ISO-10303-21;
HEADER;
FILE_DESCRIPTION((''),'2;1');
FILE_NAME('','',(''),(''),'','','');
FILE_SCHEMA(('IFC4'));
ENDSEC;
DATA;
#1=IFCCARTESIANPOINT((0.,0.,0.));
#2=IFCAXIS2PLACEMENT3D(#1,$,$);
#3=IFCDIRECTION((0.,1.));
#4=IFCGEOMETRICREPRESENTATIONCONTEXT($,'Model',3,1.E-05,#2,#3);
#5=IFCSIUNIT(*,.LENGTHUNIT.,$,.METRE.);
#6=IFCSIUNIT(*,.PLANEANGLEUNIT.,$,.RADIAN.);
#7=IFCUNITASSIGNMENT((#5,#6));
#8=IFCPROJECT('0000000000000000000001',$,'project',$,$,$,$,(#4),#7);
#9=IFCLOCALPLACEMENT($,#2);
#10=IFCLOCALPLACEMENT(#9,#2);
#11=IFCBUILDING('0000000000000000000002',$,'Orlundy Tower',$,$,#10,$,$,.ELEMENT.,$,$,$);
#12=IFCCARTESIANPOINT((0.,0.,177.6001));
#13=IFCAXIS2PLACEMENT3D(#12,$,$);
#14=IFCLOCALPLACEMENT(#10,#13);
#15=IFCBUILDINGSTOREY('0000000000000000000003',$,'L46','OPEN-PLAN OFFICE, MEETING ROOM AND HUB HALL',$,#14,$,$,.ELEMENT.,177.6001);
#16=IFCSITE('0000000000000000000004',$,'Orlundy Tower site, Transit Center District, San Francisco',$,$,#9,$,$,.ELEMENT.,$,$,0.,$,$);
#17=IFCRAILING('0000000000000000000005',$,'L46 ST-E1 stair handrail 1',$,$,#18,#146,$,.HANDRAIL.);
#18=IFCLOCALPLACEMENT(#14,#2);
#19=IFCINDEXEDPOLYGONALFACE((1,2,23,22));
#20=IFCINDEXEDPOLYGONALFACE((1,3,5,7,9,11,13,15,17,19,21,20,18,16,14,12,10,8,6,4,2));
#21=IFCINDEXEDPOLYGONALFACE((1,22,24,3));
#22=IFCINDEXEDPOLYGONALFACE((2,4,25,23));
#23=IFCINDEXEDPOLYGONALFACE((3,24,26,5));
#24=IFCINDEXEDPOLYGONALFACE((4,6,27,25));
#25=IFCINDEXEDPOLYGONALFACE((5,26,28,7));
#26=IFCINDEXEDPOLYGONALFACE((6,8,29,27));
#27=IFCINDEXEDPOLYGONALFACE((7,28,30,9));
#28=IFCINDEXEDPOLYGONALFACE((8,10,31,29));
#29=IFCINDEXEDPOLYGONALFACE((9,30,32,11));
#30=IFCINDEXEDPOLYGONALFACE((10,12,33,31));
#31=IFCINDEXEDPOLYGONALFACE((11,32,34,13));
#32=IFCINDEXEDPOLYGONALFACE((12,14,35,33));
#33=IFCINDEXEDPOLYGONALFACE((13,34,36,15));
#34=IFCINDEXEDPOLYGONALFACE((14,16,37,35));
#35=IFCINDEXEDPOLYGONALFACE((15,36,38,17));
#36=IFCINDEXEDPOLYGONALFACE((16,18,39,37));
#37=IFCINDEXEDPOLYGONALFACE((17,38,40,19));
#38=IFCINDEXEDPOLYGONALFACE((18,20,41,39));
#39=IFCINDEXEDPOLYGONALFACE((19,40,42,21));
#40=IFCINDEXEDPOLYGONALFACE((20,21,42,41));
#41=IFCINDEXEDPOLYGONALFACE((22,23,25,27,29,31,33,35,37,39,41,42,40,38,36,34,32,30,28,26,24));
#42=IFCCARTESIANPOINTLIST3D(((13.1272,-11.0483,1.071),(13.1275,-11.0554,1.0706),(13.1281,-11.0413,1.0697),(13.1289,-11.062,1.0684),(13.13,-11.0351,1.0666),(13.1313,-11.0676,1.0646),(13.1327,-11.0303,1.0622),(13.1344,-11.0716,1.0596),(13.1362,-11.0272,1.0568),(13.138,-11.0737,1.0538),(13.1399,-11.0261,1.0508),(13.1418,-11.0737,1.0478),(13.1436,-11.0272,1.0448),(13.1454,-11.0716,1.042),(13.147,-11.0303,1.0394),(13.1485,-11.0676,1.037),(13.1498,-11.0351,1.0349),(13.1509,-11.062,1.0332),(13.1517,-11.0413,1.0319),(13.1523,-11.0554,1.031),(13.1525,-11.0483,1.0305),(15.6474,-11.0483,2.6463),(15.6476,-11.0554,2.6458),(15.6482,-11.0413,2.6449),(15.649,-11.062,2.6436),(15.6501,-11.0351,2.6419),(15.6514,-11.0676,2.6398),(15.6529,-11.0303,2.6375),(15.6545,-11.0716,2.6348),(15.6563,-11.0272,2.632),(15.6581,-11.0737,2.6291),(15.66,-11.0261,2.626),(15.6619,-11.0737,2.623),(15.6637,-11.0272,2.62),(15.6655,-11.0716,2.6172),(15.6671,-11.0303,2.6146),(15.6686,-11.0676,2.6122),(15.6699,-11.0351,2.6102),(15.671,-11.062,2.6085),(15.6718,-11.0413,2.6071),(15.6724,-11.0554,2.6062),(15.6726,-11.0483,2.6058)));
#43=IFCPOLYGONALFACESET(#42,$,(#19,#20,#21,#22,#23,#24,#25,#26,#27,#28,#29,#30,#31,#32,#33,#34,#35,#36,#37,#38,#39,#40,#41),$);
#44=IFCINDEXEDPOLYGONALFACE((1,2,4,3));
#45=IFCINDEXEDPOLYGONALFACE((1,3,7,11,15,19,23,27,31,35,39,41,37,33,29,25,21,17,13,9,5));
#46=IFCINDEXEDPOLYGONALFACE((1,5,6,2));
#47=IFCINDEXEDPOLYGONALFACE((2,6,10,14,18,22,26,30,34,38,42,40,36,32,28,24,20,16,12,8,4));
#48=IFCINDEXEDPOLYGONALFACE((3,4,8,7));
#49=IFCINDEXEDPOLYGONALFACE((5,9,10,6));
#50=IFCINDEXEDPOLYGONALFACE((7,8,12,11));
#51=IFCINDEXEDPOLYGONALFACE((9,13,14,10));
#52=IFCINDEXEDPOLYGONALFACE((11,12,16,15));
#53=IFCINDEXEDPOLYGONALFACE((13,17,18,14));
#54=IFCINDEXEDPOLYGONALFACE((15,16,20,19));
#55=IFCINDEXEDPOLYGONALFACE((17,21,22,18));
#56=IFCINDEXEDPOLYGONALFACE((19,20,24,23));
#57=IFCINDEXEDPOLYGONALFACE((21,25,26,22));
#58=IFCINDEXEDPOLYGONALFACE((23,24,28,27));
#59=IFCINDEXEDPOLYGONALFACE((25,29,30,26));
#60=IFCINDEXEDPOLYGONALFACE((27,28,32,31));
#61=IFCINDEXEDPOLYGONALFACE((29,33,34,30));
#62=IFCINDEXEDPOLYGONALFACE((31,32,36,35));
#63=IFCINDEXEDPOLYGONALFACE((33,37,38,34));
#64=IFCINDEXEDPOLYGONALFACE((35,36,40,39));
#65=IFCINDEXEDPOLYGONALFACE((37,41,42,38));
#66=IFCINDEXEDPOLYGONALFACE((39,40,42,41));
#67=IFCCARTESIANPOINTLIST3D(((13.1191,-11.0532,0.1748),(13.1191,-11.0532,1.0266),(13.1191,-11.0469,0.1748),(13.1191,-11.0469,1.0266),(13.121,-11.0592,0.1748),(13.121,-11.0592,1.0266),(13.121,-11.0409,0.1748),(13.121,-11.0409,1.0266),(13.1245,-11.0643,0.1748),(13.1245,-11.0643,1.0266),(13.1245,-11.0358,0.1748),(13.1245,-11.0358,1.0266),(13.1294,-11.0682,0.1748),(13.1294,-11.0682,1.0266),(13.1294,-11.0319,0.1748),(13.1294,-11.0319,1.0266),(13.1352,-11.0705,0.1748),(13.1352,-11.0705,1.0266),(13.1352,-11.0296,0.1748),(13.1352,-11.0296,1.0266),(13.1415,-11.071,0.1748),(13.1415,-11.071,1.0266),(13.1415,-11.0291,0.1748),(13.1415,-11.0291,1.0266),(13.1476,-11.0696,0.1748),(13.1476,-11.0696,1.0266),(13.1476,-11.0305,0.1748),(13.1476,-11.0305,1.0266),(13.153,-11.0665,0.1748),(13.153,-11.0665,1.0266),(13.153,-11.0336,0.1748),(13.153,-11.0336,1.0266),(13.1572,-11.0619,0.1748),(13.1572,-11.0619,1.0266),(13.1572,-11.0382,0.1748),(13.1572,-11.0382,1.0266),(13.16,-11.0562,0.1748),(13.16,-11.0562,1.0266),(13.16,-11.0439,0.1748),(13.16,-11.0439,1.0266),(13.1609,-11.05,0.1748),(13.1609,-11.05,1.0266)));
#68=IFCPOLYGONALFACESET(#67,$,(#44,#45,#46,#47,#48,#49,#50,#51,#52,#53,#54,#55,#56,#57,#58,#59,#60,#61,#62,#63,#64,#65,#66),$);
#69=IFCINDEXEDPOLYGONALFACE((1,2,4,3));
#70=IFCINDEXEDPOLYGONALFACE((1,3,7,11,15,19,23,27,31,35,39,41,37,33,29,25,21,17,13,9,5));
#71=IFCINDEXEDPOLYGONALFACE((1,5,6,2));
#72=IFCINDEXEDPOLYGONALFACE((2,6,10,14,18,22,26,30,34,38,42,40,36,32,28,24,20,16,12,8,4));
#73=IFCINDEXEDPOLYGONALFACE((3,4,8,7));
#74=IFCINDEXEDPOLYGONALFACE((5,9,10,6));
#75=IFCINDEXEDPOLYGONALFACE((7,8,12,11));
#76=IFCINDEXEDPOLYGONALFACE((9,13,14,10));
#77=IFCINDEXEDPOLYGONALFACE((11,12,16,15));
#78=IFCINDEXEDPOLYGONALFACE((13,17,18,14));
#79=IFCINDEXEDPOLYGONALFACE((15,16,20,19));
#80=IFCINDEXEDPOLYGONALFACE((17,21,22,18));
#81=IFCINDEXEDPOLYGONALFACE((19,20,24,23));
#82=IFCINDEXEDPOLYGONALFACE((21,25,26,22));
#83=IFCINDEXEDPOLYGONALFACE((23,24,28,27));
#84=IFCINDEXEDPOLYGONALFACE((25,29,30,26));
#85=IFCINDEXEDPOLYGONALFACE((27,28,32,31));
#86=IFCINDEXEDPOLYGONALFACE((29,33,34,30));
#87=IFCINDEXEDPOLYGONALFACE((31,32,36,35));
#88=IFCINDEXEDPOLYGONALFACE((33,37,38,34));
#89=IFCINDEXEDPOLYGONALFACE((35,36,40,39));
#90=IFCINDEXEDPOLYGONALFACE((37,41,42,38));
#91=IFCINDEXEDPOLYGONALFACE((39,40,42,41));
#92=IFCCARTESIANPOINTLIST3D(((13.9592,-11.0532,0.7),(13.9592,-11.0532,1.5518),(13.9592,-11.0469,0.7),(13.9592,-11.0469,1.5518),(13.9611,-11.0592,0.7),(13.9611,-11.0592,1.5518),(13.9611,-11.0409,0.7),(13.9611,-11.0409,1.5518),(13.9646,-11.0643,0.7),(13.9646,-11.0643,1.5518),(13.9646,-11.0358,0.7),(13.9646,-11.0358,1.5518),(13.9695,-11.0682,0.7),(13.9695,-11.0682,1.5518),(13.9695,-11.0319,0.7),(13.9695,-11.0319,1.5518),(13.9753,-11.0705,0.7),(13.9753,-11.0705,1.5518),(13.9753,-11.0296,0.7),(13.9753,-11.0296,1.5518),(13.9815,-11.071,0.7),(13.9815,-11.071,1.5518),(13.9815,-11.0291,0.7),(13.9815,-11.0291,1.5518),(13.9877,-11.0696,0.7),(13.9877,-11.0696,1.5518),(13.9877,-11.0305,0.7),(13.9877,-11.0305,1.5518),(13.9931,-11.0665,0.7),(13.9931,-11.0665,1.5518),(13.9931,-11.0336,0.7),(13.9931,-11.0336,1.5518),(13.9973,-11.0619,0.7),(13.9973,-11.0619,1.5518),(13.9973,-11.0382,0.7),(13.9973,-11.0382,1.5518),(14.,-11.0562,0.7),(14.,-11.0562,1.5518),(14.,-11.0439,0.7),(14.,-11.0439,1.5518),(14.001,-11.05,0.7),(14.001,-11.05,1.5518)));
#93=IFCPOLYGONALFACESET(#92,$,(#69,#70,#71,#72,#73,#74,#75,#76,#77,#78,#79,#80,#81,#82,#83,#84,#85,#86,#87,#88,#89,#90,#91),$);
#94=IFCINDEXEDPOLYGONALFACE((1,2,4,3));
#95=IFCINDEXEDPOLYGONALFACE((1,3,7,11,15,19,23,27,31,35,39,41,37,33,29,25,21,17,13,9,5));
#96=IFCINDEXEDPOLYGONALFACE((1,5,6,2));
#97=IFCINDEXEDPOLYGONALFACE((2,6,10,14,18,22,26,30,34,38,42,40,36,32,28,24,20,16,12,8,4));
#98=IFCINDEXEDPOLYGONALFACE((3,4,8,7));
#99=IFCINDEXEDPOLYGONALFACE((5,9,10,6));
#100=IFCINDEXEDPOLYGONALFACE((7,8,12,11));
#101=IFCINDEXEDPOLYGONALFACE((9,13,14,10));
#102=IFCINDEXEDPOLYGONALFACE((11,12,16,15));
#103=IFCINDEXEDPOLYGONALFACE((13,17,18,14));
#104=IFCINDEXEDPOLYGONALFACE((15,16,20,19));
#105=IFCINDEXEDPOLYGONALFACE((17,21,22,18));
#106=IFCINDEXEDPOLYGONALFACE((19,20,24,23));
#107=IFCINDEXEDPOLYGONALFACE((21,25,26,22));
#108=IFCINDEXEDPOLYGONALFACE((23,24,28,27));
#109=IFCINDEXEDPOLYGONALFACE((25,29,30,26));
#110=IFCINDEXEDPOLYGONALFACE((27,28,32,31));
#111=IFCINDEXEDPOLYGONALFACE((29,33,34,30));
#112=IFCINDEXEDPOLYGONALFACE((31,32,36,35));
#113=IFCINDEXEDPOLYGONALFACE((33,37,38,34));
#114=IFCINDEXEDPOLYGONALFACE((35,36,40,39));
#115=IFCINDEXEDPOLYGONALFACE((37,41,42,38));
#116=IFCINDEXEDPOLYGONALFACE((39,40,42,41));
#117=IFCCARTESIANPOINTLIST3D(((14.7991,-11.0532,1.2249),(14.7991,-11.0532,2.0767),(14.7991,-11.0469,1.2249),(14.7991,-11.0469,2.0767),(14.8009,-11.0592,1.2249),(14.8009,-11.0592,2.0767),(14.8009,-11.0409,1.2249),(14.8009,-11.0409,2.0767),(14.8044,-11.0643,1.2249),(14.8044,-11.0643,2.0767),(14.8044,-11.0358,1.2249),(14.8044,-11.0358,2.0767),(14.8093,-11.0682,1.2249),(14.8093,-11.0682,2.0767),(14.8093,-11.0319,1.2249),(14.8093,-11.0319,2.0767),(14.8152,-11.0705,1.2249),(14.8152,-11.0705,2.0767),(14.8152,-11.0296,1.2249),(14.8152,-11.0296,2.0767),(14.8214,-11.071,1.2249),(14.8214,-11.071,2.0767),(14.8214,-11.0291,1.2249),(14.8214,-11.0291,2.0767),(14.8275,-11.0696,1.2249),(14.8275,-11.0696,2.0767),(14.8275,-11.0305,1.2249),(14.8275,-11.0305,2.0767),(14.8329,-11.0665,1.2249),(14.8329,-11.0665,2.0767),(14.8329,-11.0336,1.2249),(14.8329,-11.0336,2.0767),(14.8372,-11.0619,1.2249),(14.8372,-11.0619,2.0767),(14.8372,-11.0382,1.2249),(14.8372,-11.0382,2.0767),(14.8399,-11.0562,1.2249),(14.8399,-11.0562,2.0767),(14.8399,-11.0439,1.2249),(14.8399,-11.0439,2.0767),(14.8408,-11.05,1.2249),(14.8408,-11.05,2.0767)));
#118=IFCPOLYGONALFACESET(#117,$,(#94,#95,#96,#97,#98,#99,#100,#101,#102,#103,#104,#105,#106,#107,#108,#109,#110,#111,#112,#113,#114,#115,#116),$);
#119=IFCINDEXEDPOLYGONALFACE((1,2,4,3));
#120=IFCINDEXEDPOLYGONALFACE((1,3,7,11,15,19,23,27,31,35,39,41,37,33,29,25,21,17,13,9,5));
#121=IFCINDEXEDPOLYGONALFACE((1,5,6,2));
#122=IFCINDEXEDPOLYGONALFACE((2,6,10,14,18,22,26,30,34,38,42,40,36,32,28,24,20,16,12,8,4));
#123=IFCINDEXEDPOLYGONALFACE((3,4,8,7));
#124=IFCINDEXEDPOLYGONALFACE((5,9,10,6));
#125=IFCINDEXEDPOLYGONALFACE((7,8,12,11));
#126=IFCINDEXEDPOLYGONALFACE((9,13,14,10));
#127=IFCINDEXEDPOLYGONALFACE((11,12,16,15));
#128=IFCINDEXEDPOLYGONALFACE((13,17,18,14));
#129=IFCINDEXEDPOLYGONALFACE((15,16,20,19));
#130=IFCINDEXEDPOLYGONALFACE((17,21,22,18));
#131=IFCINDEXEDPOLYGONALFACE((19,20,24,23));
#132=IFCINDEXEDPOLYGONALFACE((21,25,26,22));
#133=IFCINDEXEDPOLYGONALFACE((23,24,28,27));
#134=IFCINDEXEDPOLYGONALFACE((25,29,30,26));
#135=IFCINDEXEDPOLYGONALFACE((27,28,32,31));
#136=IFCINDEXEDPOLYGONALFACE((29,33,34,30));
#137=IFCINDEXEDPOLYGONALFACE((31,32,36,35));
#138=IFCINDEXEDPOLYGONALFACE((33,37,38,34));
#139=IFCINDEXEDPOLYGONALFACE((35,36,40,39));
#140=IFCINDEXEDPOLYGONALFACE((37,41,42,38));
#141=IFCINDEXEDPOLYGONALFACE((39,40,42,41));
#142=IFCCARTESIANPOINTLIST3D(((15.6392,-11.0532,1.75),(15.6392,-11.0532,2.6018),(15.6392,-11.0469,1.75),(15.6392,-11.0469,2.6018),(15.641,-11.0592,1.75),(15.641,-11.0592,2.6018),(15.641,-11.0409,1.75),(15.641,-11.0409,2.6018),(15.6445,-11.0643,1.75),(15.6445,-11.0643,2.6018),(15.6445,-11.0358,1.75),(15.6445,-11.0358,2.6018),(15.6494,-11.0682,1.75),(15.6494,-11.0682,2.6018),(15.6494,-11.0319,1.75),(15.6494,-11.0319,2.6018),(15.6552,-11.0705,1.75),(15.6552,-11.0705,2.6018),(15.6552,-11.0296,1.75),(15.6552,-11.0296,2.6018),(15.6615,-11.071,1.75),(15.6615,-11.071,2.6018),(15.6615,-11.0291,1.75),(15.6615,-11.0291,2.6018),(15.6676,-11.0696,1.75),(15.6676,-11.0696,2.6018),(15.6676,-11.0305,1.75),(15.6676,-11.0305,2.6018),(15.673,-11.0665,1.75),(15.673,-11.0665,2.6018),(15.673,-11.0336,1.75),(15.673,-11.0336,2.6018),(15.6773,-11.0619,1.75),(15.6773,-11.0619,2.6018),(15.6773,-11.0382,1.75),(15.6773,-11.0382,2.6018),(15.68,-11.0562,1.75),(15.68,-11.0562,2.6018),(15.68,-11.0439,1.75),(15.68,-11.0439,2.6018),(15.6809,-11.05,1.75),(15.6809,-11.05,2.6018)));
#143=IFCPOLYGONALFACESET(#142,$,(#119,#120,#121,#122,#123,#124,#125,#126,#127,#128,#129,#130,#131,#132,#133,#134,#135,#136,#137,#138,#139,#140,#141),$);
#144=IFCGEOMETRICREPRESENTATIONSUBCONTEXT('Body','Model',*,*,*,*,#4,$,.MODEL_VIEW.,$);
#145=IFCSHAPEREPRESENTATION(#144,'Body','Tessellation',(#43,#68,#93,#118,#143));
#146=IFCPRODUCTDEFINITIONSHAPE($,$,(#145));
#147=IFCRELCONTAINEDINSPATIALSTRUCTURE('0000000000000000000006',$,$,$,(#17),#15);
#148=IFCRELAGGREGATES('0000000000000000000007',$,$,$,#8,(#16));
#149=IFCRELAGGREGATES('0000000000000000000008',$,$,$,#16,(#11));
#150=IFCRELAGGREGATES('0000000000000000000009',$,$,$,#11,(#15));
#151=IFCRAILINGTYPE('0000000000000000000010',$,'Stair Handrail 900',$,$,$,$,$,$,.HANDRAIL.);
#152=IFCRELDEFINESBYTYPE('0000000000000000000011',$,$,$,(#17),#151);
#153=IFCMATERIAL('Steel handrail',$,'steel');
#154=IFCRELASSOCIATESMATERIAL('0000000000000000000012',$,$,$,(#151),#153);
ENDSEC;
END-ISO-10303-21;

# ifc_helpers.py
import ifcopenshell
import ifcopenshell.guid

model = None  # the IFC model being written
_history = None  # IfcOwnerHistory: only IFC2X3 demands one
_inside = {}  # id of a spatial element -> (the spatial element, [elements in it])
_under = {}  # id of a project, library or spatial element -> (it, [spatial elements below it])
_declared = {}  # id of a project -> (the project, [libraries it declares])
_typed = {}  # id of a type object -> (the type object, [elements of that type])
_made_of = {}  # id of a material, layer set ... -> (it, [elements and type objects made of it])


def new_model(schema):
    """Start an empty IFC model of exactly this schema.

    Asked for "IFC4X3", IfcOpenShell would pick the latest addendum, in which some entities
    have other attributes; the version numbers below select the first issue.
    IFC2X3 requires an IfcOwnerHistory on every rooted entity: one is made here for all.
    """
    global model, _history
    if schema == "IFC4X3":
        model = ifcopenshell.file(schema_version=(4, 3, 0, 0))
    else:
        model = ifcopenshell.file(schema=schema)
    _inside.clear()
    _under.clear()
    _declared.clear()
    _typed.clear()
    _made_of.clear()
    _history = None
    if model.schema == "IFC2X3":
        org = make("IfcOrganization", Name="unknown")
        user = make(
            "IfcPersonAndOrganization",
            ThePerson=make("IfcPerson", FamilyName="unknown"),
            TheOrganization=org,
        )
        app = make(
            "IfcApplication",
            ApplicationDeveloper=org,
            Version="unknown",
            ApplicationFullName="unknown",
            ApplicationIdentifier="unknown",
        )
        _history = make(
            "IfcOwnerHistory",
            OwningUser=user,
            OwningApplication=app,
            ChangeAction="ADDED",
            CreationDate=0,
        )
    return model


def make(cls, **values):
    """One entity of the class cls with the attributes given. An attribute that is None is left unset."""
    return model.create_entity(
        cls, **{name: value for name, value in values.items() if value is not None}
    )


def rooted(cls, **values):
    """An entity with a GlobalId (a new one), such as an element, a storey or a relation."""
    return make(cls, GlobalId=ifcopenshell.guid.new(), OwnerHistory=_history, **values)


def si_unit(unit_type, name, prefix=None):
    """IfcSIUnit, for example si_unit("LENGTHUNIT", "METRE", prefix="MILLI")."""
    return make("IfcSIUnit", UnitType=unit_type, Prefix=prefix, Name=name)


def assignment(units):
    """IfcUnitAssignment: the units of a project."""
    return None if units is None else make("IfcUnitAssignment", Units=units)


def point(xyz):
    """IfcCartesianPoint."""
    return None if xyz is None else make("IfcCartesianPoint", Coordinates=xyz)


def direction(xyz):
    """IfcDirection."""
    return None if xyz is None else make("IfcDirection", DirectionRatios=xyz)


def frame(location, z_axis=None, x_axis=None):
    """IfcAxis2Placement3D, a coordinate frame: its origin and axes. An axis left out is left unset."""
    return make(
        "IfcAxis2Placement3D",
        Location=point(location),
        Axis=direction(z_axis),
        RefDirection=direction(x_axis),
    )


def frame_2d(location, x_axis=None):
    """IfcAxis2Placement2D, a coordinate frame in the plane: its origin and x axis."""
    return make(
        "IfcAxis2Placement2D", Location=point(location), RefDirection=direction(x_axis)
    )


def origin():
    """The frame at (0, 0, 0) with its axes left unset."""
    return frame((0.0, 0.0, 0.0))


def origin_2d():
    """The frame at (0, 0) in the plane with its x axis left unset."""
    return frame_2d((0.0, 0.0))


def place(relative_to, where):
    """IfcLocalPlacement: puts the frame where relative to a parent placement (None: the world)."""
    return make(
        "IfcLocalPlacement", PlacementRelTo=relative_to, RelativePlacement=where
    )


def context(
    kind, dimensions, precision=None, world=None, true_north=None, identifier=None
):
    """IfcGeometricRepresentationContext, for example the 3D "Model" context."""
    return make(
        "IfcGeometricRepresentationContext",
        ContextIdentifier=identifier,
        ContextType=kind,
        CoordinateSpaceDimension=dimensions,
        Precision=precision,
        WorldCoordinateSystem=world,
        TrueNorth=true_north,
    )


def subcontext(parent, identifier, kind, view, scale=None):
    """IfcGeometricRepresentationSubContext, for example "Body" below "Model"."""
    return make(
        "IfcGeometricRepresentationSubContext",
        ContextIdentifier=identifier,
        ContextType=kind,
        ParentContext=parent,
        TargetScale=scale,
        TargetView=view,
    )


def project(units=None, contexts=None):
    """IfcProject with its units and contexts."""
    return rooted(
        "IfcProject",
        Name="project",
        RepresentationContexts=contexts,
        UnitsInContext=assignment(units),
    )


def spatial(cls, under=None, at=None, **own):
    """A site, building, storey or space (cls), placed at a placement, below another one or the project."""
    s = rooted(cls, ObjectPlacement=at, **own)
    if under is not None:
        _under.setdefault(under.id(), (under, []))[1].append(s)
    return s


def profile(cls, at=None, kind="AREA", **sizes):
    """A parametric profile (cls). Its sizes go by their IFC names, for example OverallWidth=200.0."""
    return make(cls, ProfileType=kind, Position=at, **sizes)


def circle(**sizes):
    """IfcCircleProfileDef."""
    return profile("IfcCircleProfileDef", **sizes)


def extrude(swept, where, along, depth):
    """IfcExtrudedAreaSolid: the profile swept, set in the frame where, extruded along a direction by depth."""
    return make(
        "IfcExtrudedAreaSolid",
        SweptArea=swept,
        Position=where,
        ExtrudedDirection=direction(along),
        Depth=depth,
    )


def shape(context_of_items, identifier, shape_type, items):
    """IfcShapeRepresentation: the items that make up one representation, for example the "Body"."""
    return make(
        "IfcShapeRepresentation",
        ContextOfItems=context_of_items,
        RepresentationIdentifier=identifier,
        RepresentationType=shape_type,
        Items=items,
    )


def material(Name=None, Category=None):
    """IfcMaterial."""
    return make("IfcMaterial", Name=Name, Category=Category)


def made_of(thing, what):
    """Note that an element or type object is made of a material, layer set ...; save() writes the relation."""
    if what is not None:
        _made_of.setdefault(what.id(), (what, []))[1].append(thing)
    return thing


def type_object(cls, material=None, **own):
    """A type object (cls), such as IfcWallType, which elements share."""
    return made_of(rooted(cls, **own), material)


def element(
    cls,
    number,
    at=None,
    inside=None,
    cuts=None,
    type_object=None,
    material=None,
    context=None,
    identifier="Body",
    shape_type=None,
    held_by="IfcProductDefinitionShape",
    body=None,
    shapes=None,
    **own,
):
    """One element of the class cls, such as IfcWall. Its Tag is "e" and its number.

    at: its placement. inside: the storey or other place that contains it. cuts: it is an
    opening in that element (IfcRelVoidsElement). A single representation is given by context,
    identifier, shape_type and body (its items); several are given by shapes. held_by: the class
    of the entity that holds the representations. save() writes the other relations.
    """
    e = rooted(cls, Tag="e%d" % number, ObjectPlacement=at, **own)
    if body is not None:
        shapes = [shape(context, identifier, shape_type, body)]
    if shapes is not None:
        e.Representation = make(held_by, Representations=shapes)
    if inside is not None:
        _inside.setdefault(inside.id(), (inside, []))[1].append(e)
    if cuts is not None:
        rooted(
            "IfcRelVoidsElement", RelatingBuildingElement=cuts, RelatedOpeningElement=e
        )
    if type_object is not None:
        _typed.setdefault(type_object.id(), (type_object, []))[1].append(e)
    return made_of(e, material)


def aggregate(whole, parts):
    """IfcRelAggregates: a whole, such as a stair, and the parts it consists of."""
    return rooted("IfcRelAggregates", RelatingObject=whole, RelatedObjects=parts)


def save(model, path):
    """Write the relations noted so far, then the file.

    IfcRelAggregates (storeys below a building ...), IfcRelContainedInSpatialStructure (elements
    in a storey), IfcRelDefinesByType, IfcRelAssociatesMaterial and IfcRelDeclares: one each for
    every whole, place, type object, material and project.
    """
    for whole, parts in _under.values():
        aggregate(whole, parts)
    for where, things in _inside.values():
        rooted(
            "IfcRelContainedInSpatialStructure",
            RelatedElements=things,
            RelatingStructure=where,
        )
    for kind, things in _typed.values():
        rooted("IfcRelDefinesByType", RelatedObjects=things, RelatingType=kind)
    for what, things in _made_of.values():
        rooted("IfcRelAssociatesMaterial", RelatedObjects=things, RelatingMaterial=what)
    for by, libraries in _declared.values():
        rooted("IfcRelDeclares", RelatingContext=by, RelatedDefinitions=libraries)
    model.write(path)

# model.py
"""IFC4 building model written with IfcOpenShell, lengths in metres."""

from ifc_helpers import new_model, si_unit, direction, frame, origin, origin_2d, place, context, subcontext, project, spatial, circle, extrude, material, type_object, element, save


model = new_model("IFC4")

# Units and contexts
model_context = context("Model", 3, precision=1e-05, world=origin(), true_north=direction((0.0, 1.0)))
body_context = subcontext(model_context, "Body", "Model", "MODEL_VIEW")
ifc_project = project(units=[si_unit("LENGTHUNIT", "METRE"), si_unit("PLANEANGLEUNIT", "RADIAN")], contexts=[model_context])

# Site, building, storey
site_placement = place(None, origin())
site = spatial("IfcSite", under=ifc_project, at=site_placement, Name="Orlundy Tower site, Transit Center District, San Francisco", CompositionType="ELEMENT", RefElevation=0.0)
building_placement = place(site_placement, origin())
building = spatial("IfcBuilding", under=site, at=building_placement, Name="Orlundy Tower", CompositionType="ELEMENT")
storey_placement = place(building_placement, frame((0.0, 0.0, 177.6001)))
storey = spatial("IfcBuildingStorey", under=building, at=storey_placement, Name="L46", Description="OPEN-PLAN OFFICE, MEETING ROOM AND HUB HALL", CompositionType="ELEMENT", Elevation=177.6001)

# Railing
ifc_material_1 = material(Name="Steel handrail", Category="steel")
railing_type_1 = type_object("IfcRailingType", Name="Stair Handrail 900", PredefinedType="HANDRAIL", material=ifc_material_1)
railing_1_placement = place(storey_placement, frame((13.1399, -11.05, 0.1748)))
element("IfcRailing", 1, at=railing_1_placement, inside=storey, type_object=railing_type_1, Name="L46 ST-E1 stair handrail 1", PredefinedType="HANDRAIL", context=body_context, shape_type="SweptSolid", body=[
    extrude(circle(Radius=0.0239, at=origin_2d()), frame((0.0, 0.0, 0.876), z_axis=(0.847971, 0.0, 0.530043), x_axis=(0.0, 1.0, 0.0)), (0.0, 0.0, 1.0), 2.9719),
    extrude(circle(Radius=0.021, at=origin_2d()), origin(), (0.0, 0.0, 1.0), 0.8518),
    extrude(circle(Radius=0.021, at=origin_2d()), frame((0.8401, 0.0, 0.5251)), (0.0, 0.0, 1.0), 0.8518),
    extrude(circle(Radius=0.021, at=origin_2d()), frame((1.6799, 0.0, 1.05)), (0.0, 0.0, 1.0), 0.8518),
    extrude(circle(Radius=0.021, at=origin_2d()), frame((2.52, 0.0, 1.5752)), (0.0, 0.0, 1.0), 0.8518),
])

save(model, "model.ifc")
